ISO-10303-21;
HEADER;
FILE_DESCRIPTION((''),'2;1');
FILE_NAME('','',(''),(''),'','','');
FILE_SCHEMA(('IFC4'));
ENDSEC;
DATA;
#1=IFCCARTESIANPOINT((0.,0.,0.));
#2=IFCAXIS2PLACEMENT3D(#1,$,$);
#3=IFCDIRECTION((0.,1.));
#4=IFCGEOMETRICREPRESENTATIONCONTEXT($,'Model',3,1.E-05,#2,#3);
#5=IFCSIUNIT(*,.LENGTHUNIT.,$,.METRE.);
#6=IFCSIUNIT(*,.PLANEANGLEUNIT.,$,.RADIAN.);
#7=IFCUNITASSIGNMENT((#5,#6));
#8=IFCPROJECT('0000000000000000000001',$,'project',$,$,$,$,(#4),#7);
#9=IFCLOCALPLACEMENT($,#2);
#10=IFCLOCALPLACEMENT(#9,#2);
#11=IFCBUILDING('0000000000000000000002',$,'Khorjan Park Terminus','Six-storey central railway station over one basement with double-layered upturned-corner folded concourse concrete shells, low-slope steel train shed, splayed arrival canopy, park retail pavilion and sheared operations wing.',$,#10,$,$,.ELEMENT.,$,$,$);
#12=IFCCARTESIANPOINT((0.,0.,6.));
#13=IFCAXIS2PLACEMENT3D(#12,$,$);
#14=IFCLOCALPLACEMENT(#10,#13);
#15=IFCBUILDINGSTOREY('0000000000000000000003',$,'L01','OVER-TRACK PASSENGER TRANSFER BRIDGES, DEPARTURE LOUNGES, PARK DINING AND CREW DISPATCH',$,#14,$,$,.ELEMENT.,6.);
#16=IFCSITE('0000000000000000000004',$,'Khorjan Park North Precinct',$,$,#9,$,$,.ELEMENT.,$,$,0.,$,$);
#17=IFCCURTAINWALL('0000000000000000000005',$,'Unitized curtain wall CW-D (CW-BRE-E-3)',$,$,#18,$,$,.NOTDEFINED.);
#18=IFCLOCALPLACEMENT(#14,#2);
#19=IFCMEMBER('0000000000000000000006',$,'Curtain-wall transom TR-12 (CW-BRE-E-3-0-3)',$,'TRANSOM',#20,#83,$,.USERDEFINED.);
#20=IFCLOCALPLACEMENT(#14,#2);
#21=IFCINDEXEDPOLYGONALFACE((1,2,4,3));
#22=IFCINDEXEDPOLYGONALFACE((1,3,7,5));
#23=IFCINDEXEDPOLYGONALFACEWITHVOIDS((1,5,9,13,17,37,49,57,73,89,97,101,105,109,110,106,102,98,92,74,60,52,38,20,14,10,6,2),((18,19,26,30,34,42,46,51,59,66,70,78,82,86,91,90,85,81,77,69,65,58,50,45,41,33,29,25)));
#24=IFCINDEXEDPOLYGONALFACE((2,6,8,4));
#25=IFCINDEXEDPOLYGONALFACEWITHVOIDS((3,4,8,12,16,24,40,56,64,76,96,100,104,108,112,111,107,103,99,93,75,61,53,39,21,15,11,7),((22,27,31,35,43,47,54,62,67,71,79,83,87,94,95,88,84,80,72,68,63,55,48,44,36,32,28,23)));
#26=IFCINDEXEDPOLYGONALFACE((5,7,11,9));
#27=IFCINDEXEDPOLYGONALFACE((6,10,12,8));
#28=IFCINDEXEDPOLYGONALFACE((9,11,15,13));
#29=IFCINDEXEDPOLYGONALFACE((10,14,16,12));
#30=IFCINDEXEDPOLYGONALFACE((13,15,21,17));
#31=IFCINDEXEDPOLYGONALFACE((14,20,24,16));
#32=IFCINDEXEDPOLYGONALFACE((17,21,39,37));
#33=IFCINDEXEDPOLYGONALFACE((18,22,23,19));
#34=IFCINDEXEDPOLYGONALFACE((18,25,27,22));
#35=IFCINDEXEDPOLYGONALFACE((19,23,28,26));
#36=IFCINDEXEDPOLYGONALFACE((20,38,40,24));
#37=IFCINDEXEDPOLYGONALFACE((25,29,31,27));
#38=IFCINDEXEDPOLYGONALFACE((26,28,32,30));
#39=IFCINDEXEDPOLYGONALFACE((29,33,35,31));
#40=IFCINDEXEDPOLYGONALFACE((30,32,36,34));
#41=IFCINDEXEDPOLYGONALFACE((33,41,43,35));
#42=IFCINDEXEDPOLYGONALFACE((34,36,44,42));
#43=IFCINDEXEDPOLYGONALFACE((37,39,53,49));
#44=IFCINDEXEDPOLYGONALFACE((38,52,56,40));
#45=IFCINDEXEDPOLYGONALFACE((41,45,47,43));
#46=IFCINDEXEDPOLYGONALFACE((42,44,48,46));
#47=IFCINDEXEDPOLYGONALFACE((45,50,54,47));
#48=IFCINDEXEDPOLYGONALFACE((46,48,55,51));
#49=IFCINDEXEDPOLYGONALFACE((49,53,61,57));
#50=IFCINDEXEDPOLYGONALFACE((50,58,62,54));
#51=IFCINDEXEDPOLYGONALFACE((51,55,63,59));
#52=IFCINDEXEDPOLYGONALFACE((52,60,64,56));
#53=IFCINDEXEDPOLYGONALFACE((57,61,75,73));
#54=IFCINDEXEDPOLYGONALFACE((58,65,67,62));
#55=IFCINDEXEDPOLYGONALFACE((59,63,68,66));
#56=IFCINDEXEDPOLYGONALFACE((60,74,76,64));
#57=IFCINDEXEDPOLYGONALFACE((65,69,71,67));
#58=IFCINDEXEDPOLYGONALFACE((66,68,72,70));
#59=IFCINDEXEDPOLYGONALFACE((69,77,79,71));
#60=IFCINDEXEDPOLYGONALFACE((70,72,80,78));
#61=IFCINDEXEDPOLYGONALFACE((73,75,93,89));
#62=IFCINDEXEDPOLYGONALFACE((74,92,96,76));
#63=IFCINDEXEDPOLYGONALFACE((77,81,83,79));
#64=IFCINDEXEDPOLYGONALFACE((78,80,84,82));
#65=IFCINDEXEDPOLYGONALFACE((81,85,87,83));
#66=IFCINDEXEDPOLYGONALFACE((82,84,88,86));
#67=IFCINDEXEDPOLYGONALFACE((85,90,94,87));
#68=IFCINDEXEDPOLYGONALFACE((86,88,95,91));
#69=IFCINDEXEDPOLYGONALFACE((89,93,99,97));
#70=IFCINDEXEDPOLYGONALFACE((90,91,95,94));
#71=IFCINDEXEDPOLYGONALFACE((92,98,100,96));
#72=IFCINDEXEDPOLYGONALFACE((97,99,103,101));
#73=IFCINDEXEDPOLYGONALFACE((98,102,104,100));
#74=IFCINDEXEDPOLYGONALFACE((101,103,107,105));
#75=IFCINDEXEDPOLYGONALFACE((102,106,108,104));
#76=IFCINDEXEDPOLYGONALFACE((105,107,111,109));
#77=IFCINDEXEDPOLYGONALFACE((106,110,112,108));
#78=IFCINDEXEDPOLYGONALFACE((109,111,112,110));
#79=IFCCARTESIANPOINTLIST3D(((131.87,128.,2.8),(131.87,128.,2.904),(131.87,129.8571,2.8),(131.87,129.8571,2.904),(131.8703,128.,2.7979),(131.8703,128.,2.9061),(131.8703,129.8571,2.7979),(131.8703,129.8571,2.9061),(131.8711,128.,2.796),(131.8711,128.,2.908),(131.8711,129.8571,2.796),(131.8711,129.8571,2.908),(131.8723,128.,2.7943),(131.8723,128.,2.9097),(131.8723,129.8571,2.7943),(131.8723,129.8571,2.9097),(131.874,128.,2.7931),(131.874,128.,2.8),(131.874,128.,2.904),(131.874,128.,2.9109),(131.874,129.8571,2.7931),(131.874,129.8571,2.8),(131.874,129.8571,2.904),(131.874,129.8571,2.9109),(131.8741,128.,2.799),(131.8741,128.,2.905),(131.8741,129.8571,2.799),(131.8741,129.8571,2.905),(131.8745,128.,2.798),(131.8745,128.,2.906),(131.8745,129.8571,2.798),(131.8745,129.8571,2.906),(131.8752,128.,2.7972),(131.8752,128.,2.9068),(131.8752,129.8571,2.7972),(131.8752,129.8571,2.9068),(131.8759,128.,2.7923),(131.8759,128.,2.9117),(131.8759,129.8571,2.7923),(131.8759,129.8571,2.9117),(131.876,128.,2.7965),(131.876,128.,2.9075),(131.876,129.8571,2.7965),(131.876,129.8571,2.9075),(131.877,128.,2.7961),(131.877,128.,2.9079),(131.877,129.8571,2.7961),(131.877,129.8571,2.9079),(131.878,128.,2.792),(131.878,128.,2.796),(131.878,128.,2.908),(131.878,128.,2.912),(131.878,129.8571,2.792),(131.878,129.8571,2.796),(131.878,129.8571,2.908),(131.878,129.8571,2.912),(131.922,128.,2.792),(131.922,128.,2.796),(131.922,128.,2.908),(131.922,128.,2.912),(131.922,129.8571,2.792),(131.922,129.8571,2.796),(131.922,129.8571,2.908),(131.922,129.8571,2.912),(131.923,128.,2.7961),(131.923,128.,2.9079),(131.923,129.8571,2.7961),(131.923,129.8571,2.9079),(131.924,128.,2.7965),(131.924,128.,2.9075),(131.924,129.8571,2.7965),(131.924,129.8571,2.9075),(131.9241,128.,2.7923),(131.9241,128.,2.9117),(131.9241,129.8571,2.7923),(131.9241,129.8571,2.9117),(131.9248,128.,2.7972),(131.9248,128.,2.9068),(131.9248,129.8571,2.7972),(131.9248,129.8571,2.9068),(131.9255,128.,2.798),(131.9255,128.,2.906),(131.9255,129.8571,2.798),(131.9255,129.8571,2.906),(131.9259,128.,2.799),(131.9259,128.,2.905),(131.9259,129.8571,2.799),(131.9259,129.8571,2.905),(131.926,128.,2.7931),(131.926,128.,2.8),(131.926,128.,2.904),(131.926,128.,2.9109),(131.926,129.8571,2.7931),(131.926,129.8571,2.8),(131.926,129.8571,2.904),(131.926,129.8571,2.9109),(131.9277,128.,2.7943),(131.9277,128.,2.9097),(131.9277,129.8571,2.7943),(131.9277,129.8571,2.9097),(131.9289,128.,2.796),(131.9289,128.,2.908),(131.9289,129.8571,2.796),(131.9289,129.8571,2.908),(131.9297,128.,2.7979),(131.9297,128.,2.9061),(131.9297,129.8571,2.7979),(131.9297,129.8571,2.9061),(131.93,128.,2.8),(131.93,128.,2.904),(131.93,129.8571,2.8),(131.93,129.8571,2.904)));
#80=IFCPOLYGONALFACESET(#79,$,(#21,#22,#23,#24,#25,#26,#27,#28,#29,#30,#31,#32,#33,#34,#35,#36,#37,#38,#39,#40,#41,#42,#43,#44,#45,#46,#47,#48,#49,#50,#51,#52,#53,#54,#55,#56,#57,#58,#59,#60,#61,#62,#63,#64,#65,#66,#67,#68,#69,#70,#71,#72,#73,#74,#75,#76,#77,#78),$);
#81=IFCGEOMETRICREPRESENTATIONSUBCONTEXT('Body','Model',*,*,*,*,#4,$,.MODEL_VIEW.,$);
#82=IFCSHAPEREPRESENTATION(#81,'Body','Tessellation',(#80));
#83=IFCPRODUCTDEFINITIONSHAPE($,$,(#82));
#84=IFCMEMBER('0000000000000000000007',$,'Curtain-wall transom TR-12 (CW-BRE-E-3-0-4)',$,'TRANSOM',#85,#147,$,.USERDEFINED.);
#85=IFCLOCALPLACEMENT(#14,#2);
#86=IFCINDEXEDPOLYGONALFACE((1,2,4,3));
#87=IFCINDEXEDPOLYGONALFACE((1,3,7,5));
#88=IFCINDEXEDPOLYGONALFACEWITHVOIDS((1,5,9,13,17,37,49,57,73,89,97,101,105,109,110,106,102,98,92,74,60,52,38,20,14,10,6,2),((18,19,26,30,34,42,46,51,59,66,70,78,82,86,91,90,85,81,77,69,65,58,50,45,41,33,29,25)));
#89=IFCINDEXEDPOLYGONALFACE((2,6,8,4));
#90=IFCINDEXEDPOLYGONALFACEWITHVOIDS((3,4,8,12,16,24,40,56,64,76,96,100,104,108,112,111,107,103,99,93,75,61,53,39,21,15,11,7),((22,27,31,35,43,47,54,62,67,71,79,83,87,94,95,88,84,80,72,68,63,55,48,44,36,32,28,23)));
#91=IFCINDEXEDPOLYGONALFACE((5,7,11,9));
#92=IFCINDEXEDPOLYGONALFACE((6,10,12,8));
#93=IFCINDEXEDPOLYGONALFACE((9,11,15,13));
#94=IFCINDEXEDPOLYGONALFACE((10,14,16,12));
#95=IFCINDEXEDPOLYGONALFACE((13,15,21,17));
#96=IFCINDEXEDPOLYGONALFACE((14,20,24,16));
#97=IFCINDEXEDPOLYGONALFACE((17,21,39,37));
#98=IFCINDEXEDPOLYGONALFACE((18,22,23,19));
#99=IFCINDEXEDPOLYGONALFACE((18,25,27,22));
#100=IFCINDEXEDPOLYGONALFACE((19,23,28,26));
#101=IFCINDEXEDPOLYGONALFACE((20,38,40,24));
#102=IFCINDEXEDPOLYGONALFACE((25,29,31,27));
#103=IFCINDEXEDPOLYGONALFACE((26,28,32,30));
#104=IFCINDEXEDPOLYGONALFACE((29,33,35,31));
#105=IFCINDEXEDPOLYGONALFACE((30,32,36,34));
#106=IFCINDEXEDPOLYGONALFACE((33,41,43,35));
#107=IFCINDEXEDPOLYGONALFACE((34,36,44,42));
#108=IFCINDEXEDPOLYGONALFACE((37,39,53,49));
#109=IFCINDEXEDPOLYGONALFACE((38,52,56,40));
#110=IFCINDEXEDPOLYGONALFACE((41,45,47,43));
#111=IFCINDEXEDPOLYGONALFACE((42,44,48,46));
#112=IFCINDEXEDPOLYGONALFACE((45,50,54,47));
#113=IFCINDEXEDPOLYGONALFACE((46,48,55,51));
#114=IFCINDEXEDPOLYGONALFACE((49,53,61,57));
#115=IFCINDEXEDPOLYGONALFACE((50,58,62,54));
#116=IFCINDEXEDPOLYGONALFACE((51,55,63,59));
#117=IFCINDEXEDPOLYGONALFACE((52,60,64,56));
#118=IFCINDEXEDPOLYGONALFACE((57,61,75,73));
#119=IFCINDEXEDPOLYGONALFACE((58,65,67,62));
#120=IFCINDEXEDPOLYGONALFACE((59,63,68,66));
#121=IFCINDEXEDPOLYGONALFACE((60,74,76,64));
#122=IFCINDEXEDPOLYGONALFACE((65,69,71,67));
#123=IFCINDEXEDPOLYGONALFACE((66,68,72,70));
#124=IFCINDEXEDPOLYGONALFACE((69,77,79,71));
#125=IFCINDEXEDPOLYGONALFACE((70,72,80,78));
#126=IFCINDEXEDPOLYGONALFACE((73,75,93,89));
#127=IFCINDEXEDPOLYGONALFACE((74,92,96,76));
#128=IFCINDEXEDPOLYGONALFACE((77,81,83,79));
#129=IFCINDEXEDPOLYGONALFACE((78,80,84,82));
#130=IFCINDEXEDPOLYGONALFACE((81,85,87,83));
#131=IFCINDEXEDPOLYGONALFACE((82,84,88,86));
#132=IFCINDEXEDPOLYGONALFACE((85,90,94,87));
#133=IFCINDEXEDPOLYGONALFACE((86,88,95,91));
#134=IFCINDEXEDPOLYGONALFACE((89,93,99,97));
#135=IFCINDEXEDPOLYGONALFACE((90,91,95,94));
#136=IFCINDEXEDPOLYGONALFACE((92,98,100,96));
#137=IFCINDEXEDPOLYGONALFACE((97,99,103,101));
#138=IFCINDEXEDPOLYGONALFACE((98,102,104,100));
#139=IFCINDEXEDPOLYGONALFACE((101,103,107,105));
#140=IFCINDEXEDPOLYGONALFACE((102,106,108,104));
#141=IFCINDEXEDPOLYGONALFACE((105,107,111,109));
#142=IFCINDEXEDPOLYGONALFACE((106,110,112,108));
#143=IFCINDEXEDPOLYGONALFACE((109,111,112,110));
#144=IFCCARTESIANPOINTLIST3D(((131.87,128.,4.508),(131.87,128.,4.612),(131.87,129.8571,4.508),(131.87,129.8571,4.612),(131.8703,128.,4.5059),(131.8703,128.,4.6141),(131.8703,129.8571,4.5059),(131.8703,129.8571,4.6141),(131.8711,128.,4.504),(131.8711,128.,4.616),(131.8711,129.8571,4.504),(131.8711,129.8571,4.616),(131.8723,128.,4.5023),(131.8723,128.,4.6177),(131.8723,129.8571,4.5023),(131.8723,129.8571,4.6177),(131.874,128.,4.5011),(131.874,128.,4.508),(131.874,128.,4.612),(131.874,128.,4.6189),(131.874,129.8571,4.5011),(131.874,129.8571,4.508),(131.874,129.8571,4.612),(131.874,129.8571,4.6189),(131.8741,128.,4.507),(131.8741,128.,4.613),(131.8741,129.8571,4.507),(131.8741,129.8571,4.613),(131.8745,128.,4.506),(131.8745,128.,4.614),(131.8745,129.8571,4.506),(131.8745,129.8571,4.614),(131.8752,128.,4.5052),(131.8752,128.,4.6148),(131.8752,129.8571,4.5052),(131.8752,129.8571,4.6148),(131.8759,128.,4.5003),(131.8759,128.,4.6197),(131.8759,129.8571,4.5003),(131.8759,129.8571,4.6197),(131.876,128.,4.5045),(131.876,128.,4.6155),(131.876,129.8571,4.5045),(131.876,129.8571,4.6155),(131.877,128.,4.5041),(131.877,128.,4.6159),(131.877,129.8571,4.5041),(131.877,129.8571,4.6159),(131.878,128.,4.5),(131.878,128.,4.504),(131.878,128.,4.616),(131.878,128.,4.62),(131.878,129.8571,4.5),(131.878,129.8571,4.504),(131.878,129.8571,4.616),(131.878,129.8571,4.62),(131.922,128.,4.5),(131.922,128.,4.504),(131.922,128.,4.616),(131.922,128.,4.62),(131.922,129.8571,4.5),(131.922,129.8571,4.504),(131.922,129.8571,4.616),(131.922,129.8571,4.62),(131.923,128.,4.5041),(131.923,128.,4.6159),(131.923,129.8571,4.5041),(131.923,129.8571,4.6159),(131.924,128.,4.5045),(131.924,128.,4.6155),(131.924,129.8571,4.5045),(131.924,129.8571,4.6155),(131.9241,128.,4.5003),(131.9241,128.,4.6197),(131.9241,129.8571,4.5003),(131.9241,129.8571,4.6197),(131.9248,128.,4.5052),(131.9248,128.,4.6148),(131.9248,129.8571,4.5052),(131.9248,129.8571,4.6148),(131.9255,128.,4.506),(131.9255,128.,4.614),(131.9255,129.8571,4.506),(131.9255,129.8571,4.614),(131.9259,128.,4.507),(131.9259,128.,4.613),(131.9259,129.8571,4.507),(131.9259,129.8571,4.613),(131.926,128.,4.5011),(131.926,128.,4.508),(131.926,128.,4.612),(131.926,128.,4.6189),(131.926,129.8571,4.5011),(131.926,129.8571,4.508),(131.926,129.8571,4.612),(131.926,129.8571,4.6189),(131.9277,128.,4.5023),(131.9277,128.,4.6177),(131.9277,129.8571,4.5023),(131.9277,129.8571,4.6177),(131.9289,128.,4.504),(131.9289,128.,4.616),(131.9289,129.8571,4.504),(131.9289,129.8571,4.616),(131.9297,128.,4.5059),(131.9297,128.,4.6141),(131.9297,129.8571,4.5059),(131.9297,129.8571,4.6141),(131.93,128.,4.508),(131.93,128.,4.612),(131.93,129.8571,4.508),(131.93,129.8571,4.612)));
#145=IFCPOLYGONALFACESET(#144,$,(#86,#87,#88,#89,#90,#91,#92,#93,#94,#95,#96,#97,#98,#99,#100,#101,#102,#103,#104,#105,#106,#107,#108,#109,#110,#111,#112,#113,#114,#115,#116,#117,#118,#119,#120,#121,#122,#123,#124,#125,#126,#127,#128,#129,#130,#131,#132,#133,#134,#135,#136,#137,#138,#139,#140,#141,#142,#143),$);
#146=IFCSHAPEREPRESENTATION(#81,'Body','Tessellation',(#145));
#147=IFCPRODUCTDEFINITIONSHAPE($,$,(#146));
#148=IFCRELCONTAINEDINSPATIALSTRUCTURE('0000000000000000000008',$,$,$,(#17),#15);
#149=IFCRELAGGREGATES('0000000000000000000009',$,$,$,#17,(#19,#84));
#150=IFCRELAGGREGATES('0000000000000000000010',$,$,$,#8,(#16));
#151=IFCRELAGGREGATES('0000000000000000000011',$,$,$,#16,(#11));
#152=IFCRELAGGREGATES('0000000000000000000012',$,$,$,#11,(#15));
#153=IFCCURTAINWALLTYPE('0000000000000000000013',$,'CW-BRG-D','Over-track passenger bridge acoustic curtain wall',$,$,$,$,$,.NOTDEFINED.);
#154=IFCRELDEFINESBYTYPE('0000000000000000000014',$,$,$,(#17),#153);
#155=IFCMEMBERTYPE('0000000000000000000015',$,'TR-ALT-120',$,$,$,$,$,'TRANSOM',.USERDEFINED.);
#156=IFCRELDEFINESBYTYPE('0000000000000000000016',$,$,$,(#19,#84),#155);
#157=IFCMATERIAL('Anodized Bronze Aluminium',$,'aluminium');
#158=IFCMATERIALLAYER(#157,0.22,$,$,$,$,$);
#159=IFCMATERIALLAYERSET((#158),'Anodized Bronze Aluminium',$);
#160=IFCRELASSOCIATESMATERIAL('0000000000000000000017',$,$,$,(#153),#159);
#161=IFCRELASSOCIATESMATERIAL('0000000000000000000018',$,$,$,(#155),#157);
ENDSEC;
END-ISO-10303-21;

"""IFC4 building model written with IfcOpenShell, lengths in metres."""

from ifc_helpers import new_model, si_unit, direction, frame, origin, origin_2d, place, context, subcontext, project, spatial, hollow_rectangle, extrude, material, layer, layer_set, material_profile, profile_set, type_object, element, aggregate, save


model = new_model("IFC4")

# Units and contexts
model_context = context("Model", 3, precision=1e-05, world=origin(), true_north=direction((0.0, 1.0)))
body_context = subcontext(model_context, "Body", "Model", "MODEL_VIEW")
ifc_project = project(units=[si_unit("LENGTHUNIT", "METRE"), si_unit("PLANEANGLEUNIT", "RADIAN")], contexts=[model_context])

# Site, building, storey
site_placement = place(None, origin())
site = spatial("IfcSite", under=ifc_project, at=site_placement, Name="Khorjan Park North Precinct", CompositionType="ELEMENT", RefElevation=0.0)
building_placement = place(site_placement, origin())
building = spatial("IfcBuilding", under=site, at=building_placement, Name="Khorjan Park Terminus", Description="Six-storey central railway station over one basement with double-layered upturned-corner folded concourse concrete shells, low-slope steel train shed, splayed arrival canopy, park retail pavilion and sheared operations wing.", CompositionType="ELEMENT")
storey_placement = place(building_placement, frame((0.0, 0.0, 6.0)))
storey = spatial("IfcBuildingStorey", under=building, at=storey_placement, Name="L01", Description="OVER-TRACK PASSENGER TRANSFER BRIDGES, DEPARTURE LOUNGES, PARK DINING AND CREW DISPATCH", CompositionType="ELEMENT", Elevation=6.0)

# Shared definitions
ifc_material_1 = material(Name="Anodized Bronze Aluminium", Category="aluminium")
ifc_layer_1 = layer(ifc_material_1, 0.22)
ifc_layer_set_1 = layer_set([ifc_layer_1], Name="Anodized Bronze Aluminium")
curtain_wall_type = type_object("IfcCurtainWallType", Name="CW-BRG-D", Description="Over-track passenger bridge acoustic curtain wall", PredefinedType="NOTDEFINED", material=ifc_layer_set_1)

# Curtain wall
curtain_wall_1_placement = place(storey_placement, origin())
curtain_wall_1 = element("IfcCurtainWall", 1, at=curtain_wall_1_placement, inside=storey, type_object=curtain_wall_type, Name="Unitized curtain wall CW-D (CW-BRE-E-3)", PredefinedType="NOTDEFINED")

# Members
ifc_material_profile_1 = material_profile(ifc_material_1, hollow_rectangle(XDim=0.06, YDim=0.12, WallThickness=0.004, InnerFilletRadius=0.004, OuterFilletRadius=0.008, at=origin_2d()), Name="ALT 60x120x4")
ifc_profile_set_1 = profile_set([ifc_material_profile_1], Name="Anodized Bronze Aluminium")
member_type_1 = type_object("IfcMemberType", Name="TR-ALT-120", ElementType="TRANSOM", PredefinedType="USERDEFINED", material=ifc_profile_set_1)
member_1_placement = place(storey_placement, frame((131.9, 128.0, 2.852), z_axis=(0.0, 1.0, 0.0), x_axis=(-1.0, 0.0, 0.0)))
member_1 = element("IfcMember", 2, at=member_1_placement, type_object=member_type_1, Name="Curtain-wall transom TR-12 (CW-BRE-E-3-0-3)", ObjectType="TRANSOM", PredefinedType="USERDEFINED", context=body_context, shape_type="SweptSolid", body=[
    extrude(hollow_rectangle(XDim=0.06, YDim=0.12, WallThickness=0.004, InnerFilletRadius=0.004, OuterFilletRadius=0.008, at=origin_2d()), origin(), (0.0, 0.0, 1.0), 1.8571),
])
member_2_placement = place(storey_placement, frame((131.9, 128.0, 4.56), z_axis=(0.0, 1.0, 0.0), x_axis=(-1.0, 0.0, 0.0)))
member_2 = element("IfcMember", 3, at=member_2_placement, type_object=member_type_1, Name="Curtain-wall transom TR-12 (CW-BRE-E-3-0-4)", ObjectType="TRANSOM", PredefinedType="USERDEFINED", context=body_context, shape_type="SweptSolid", body=[
    extrude(hollow_rectangle(XDim=0.06, YDim=0.12, WallThickness=0.004, InnerFilletRadius=0.004, OuterFilletRadius=0.008, at=origin_2d()), origin(), (0.0, 0.0, 1.0), 1.8571),
])

aggregate(curtain_wall_1, [member_1, member_2])

save(model, "model.ifc")
